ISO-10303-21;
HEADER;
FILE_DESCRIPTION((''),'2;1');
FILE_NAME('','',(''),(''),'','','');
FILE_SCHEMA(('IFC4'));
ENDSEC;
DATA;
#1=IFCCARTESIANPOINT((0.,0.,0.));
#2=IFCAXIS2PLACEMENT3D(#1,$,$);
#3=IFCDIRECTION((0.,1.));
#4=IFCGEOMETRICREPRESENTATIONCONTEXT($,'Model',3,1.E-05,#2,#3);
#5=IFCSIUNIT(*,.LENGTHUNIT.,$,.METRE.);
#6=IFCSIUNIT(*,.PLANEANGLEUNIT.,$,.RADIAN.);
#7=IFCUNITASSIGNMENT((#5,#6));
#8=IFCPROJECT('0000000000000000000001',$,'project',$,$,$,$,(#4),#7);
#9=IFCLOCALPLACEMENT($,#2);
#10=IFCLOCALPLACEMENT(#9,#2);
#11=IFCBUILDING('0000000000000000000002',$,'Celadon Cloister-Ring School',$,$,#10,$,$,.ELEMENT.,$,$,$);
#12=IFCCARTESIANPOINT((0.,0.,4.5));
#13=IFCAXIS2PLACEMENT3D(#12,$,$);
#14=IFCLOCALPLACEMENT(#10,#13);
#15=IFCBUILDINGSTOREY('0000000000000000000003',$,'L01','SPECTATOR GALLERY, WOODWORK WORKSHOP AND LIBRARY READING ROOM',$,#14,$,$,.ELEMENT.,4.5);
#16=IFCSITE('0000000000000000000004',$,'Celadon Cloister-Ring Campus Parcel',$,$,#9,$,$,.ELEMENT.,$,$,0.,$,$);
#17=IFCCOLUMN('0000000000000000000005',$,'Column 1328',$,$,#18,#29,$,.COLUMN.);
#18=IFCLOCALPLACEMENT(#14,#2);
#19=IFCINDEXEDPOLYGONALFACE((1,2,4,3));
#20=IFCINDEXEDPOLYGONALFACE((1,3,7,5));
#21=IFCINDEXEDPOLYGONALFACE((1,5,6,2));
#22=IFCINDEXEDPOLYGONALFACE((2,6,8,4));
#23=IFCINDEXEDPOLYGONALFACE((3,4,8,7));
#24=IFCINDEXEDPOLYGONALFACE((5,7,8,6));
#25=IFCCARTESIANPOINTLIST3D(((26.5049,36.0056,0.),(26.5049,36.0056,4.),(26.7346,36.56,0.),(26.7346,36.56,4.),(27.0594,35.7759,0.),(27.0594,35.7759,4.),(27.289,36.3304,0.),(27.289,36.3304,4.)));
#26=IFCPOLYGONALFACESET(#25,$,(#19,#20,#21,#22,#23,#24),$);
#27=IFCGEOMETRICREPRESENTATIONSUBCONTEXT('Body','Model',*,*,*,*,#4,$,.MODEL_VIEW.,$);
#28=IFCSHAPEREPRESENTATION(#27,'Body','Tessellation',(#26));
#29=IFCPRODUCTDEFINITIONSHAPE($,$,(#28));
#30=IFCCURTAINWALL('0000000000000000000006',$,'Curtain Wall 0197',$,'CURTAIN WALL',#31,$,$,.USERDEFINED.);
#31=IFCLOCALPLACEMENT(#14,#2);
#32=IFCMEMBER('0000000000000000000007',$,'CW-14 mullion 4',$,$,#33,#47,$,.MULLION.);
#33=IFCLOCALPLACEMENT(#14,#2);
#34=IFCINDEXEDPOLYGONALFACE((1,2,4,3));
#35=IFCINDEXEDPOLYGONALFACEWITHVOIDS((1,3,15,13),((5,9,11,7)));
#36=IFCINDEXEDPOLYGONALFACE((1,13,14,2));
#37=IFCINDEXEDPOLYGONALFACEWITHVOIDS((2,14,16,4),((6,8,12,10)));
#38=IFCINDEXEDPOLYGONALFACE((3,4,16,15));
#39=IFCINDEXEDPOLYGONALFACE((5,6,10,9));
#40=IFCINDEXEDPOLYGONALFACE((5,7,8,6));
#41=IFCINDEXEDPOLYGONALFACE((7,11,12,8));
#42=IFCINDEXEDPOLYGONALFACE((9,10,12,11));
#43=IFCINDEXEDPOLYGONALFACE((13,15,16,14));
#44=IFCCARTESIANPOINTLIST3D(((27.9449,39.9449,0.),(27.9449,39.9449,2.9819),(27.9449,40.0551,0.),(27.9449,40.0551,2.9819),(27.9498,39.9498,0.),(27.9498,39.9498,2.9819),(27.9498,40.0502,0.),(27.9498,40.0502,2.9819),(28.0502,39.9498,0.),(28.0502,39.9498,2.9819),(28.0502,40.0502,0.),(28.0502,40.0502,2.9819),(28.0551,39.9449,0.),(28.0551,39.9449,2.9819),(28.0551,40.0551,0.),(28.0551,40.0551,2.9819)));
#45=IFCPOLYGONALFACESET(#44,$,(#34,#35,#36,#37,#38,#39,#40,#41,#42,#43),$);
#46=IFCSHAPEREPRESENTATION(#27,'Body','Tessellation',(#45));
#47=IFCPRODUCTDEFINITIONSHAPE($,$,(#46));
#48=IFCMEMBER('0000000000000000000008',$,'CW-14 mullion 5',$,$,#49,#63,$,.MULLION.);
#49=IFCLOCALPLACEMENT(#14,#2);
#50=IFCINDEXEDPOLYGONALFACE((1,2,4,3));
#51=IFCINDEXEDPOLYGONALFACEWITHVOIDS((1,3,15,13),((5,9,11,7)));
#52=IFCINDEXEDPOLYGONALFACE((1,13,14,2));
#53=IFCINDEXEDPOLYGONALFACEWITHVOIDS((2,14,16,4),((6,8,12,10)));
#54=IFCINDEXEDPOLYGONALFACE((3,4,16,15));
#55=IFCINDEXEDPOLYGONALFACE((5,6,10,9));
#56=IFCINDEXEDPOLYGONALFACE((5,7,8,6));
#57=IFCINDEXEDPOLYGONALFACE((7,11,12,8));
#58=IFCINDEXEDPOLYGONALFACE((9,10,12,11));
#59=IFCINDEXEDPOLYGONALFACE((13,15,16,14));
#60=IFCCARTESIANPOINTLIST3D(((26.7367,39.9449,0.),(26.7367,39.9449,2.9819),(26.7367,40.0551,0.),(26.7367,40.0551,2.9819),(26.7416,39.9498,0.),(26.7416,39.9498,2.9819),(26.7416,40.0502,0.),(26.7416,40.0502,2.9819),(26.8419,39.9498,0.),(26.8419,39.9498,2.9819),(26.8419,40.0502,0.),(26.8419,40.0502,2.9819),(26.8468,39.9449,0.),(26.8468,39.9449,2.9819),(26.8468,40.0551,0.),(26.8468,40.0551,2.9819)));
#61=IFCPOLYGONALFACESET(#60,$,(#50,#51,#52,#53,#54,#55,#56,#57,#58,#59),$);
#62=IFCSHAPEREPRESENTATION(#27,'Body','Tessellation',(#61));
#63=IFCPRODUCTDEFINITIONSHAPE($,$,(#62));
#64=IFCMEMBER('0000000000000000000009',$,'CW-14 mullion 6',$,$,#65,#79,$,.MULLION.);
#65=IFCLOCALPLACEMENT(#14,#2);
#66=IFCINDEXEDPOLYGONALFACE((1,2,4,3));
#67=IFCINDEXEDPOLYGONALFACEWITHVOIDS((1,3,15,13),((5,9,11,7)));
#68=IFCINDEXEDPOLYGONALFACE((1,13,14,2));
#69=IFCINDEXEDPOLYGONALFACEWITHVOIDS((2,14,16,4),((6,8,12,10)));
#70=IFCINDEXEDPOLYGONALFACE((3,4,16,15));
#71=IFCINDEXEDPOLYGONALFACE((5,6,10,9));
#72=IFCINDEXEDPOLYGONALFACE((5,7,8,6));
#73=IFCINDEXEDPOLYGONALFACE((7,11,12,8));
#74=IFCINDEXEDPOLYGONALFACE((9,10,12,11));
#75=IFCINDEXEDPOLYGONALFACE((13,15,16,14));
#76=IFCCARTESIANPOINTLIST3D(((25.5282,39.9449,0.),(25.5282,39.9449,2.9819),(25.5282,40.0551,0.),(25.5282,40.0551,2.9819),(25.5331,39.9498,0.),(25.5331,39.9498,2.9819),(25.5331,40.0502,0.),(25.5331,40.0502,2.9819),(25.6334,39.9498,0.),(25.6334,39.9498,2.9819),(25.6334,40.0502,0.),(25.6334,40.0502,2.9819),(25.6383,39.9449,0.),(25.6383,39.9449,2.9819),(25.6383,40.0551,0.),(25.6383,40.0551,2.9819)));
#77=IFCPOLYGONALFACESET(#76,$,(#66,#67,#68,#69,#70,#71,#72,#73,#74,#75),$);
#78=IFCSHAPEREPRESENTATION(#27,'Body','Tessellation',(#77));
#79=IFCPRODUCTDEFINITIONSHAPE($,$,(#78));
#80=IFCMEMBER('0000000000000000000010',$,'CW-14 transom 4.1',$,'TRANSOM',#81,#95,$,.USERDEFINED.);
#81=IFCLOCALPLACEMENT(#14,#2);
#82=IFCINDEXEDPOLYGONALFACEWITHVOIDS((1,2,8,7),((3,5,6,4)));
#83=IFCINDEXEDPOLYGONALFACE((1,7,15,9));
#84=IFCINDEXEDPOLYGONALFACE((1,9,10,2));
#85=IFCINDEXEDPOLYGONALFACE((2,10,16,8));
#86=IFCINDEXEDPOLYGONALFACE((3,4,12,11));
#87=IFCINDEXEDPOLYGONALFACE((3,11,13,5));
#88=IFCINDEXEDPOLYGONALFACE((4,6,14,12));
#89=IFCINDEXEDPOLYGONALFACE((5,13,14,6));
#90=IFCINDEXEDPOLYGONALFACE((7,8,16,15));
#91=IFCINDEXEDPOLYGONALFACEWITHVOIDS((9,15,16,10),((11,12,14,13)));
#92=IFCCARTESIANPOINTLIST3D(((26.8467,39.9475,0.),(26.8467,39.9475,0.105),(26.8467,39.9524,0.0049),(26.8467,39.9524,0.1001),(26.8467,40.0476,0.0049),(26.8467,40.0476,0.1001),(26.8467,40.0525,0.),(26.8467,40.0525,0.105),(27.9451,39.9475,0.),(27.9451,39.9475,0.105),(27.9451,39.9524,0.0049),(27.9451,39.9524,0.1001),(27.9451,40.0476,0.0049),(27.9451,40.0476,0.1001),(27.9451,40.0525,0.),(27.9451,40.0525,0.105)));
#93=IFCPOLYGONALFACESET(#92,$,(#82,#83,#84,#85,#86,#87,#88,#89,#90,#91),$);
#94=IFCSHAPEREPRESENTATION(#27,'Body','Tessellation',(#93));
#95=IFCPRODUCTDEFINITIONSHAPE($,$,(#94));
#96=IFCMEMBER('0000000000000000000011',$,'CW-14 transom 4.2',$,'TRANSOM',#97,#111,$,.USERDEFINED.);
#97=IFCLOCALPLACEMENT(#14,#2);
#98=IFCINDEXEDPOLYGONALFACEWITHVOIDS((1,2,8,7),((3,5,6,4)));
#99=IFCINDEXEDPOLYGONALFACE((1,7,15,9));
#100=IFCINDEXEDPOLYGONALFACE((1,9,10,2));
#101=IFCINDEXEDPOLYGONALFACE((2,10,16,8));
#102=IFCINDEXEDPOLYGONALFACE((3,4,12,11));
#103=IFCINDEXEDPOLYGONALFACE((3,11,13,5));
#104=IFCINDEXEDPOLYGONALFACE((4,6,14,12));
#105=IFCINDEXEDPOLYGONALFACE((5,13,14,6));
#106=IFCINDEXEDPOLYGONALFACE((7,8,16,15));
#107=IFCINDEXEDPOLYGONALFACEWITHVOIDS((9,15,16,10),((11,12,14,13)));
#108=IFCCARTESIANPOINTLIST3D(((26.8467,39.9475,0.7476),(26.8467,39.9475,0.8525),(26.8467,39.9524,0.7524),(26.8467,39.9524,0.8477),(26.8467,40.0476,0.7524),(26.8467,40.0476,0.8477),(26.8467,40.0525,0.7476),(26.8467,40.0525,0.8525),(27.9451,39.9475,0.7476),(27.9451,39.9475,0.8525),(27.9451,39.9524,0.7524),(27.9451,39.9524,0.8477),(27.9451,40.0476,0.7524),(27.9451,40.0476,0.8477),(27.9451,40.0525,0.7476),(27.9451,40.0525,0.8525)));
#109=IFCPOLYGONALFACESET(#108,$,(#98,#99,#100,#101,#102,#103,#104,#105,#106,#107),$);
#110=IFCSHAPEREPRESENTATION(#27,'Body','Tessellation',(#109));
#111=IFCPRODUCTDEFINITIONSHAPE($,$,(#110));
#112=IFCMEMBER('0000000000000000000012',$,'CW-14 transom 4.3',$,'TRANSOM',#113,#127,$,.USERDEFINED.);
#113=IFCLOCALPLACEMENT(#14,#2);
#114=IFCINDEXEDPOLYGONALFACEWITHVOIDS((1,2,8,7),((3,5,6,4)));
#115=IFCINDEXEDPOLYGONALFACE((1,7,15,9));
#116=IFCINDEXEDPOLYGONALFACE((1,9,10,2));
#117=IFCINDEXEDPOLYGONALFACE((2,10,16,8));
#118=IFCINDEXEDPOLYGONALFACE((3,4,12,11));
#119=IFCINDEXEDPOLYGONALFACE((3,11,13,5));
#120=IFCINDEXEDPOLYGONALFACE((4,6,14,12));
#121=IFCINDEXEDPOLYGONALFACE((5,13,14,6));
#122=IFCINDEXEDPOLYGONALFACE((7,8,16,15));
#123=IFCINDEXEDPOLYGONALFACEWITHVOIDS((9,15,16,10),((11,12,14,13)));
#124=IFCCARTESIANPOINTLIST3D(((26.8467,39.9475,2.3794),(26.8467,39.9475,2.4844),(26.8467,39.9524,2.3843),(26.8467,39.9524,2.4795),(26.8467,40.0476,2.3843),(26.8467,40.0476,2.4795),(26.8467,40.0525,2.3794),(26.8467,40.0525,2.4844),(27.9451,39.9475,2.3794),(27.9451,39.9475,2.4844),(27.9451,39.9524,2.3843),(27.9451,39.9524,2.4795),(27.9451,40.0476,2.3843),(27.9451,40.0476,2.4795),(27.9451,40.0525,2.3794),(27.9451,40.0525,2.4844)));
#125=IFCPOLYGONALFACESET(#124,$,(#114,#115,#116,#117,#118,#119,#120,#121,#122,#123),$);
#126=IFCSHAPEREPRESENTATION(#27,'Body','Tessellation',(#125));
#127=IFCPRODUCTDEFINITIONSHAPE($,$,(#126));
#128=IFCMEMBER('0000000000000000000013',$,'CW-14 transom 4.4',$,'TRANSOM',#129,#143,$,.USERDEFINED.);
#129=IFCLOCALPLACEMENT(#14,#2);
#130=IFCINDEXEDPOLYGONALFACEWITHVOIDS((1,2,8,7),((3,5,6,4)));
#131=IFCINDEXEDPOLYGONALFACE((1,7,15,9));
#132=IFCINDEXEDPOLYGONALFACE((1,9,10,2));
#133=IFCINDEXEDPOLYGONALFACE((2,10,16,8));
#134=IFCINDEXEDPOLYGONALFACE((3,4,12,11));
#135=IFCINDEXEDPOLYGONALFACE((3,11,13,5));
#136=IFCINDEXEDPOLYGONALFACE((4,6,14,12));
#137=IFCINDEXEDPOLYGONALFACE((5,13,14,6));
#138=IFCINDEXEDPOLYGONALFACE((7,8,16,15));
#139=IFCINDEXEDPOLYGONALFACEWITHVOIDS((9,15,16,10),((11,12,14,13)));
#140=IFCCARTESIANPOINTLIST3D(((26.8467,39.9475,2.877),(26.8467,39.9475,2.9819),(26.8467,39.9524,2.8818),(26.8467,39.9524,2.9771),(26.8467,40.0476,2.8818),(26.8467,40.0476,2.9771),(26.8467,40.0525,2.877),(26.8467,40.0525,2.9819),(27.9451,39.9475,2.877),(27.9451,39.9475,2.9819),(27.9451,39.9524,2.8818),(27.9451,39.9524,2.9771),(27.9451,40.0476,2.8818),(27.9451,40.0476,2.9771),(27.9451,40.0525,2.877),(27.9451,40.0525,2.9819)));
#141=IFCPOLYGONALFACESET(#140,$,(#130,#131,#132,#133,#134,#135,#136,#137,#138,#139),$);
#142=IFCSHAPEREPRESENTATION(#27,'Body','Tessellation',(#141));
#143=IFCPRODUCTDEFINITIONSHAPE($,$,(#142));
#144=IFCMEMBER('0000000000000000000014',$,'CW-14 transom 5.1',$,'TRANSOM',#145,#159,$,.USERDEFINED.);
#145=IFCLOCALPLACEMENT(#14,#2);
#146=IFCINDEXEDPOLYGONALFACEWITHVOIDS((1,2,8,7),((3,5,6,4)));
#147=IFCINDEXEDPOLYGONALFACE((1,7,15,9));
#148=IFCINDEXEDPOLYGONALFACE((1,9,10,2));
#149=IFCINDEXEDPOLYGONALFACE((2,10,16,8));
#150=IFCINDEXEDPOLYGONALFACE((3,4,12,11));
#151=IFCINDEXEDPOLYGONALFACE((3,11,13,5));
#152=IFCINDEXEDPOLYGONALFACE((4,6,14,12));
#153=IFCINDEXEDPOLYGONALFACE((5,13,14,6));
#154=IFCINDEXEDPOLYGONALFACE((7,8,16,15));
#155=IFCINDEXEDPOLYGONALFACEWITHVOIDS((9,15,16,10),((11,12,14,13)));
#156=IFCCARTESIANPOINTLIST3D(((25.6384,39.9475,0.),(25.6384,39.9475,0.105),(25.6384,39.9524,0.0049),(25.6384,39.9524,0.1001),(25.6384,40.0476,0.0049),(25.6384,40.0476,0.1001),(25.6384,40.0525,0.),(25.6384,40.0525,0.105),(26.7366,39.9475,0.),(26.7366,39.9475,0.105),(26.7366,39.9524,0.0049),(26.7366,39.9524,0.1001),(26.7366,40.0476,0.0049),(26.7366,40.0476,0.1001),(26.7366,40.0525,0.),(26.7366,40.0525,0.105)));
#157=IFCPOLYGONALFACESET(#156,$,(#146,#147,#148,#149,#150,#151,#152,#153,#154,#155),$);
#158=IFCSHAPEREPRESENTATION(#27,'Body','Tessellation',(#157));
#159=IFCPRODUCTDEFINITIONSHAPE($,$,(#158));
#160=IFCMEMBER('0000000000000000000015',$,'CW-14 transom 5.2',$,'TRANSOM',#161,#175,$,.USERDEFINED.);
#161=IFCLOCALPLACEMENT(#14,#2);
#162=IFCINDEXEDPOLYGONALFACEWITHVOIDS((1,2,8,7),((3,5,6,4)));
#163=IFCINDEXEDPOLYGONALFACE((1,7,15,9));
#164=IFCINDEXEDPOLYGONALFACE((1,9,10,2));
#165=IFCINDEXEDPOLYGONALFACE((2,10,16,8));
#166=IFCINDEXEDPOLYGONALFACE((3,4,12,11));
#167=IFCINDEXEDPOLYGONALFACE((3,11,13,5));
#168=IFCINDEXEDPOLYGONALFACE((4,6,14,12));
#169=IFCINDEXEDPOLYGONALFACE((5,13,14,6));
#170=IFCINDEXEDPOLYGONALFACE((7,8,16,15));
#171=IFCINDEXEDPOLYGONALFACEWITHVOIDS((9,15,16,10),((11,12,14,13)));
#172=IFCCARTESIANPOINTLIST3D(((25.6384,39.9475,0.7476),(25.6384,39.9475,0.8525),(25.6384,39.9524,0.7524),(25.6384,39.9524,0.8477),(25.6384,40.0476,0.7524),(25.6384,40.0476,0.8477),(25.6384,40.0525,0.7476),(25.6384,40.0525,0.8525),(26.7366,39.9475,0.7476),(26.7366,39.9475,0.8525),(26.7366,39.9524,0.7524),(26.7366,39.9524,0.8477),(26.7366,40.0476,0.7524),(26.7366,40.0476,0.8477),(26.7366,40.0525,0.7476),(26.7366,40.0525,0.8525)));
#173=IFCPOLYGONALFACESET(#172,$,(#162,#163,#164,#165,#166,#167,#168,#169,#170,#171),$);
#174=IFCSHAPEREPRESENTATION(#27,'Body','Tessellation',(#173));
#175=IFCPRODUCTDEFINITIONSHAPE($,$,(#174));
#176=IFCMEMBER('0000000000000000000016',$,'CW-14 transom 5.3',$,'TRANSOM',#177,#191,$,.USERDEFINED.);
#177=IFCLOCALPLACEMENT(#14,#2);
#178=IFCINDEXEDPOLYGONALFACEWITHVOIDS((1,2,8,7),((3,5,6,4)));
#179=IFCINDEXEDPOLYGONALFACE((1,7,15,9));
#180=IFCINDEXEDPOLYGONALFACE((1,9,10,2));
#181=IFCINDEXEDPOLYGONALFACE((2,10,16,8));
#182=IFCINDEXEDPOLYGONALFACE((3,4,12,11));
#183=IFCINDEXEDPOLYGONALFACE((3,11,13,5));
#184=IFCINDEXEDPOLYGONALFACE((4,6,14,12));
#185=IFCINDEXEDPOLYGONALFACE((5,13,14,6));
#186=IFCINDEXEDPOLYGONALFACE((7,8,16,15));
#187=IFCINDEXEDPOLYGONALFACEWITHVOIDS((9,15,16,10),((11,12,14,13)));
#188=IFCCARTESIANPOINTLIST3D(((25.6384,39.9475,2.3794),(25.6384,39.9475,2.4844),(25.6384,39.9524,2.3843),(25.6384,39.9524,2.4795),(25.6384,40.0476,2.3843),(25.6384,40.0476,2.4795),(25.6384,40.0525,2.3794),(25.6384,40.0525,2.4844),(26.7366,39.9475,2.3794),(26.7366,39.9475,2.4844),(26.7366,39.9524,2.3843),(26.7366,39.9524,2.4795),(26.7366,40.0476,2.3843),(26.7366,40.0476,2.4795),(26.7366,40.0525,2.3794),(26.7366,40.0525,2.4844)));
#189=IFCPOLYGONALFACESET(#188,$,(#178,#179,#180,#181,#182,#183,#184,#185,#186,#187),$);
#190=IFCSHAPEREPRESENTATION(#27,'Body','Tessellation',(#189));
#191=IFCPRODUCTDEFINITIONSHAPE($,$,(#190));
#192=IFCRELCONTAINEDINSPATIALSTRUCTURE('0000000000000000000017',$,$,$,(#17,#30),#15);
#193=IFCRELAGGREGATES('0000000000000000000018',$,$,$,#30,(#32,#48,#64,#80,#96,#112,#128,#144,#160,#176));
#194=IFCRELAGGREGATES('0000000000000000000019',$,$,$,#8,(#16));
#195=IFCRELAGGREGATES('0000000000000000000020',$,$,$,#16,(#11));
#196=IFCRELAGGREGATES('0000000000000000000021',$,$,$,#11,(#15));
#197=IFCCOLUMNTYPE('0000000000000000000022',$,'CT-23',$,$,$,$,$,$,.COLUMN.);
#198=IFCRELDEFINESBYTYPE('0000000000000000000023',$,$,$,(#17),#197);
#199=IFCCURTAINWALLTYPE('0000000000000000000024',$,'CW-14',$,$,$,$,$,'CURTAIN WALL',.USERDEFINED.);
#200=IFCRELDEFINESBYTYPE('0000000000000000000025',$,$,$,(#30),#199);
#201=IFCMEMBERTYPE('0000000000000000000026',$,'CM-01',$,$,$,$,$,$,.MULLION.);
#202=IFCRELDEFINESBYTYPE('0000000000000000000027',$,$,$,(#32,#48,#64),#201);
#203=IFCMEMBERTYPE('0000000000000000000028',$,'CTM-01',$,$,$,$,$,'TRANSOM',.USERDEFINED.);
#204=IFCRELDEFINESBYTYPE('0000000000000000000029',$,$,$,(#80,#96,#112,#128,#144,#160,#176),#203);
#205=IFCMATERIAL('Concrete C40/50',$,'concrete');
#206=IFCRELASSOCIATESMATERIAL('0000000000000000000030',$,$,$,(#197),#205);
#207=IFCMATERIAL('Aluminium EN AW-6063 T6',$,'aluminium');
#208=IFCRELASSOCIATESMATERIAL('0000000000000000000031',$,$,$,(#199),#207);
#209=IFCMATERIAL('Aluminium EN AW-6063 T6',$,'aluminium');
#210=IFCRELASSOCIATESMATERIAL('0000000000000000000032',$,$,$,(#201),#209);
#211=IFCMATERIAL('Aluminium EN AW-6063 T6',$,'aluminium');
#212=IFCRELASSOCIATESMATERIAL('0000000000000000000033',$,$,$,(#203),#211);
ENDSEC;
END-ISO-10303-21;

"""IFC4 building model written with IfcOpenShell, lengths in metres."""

from ifc_helpers import new_model, si_unit, direction, frame, origin, origin_2d, place, context, subcontext, project, spatial, rectangle, hollow_rectangle, extrude, material, material_profile, profile_set, type_object, element, aggregate, save


model = new_model("IFC4")

# Units and contexts
model_context = context("Model", 3, precision=1e-05, world=origin(), true_north=direction((0.0, 1.0)))
body_context = subcontext(model_context, "Body", "Model", "MODEL_VIEW")
ifc_project = project(units=[si_unit("LENGTHUNIT", "METRE"), si_unit("PLANEANGLEUNIT", "RADIAN")], contexts=[model_context])

# Site, building, storey
site_placement = place(None, origin())
site = spatial("IfcSite", under=ifc_project, at=site_placement, Name="Celadon Cloister-Ring Campus Parcel", CompositionType="ELEMENT", RefElevation=0.0)
building_placement = place(site_placement, origin())
building = spatial("IfcBuilding", under=site, at=building_placement, Name="Celadon Cloister-Ring School", CompositionType="ELEMENT")
storey_placement = place(building_placement, frame((0.0, 0.0, 4.5)))
storey = spatial("IfcBuildingStorey", under=building, at=storey_placement, Name="L01", Description="SPECTATOR GALLERY, WOODWORK WORKSHOP AND LIBRARY READING ROOM", CompositionType="ELEMENT", Elevation=4.5)

# Column
ifc_material_1 = material(Name="Concrete C40/50", Category="concrete")
ifc_material_profile_1 = material_profile(ifc_material_1, rectangle(XDim=0.6001, YDim=0.6001, at=origin_2d()), Name="RC600X600")
ifc_profile_set_1 = profile_set([ifc_material_profile_1], Name="Concrete C40/50")
column_type = type_object("IfcColumnType", Name="CT-23", PredefinedType="COLUMN", material=ifc_profile_set_1)
column_placement = place(storey_placement, frame((26.897, 36.168, 0.0), z_axis=(0.0, 0.0, 1.0), x_axis=(0.382683, 0.92388, 0.0)))
element("IfcColumn", 1, at=column_placement, inside=storey, type_object=column_type, Name="Column 1328", PredefinedType="COLUMN", context=body_context, shape_type="SweptSolid", body=[
    extrude(rectangle(XDim=0.6001, YDim=0.6001, at=origin_2d()), origin(), (0.0, 0.0, 1.0), 4.0),
])

# Curtain wall, members
ifc_material_2 = material(Name="Aluminium EN AW-6063 T6", Category="aluminium")
curtain_wall_type = type_object("IfcCurtainWallType", Name="CW-14", ElementType="CURTAIN WALL", PredefinedType="USERDEFINED", material=ifc_material_2)
curtain_wall_placement = place(storey_placement, origin())
curtain_wall = element("IfcCurtainWall", 2, at=curtain_wall_placement, inside=storey, type_object=curtain_wall_type, Name="Curtain Wall 0197", ObjectType="CURTAIN WALL", PredefinedType="USERDEFINED")
ifc_material_3 = material(Name="Aluminium EN AW-6063 T6", Category="aluminium")
ifc_material_profile_2 = material_profile(ifc_material_3, hollow_rectangle(XDim=0.1101, YDim=0.1101, WallThickness=0.0049, at=origin_2d()), Name="RHS110X110X5")
ifc_profile_set_2 = profile_set([ifc_material_profile_2], Name="Aluminium EN AW-6063 T6")
member_type_1 = type_object("IfcMemberType", Name="CM-01", PredefinedType="MULLION", material=ifc_profile_set_2)
member_1_placement = place(storey_placement, frame((28.0, 40.0, 0.0), z_axis=(0.0, 0.0, 1.0), x_axis=(0.0, -1.0, 0.0)))
member_1 = element("IfcMember", 3, at=member_1_placement, type_object=member_type_1, Name="CW-14 mullion 4", PredefinedType="MULLION", context=body_context, shape_type="SweptSolid", body=[
    extrude(hollow_rectangle(XDim=0.1101, YDim=0.1101, WallThickness=0.0049, at=origin_2d()), origin(), (0.0, 0.0, 1.0), 2.9819),
])
member_2_placement = place(storey_placement, frame((26.7917, 40.0, 0.0), z_axis=(0.0, 0.0, 1.0), x_axis=(0.0, -1.0, 0.0)))
member_2 = element("IfcMember", 4, at=member_2_placement, type_object=member_type_1, Name="CW-14 mullion 5", PredefinedType="MULLION", context=body_context, shape_type="SweptSolid", body=[
    extrude(hollow_rectangle(XDim=0.1101, YDim=0.1101, WallThickness=0.0049, at=origin_2d()), origin(), (0.0, 0.0, 1.0), 2.9819),
])
member_3_placement = place(storey_placement, frame((25.5833, 40.0, 0.0), z_axis=(0.0, 0.0, 1.0), x_axis=(0.0, -1.0, 0.0)))
member_3 = element("IfcMember", 5, at=member_3_placement, type_object=member_type_1, Name="CW-14 mullion 6", PredefinedType="MULLION", context=body_context, shape_type="SweptSolid", body=[
    extrude(hollow_rectangle(XDim=0.1101, YDim=0.1101, WallThickness=0.0049, at=origin_2d()), origin(), (0.0, 0.0, 1.0), 2.9819),
])
ifc_material_4 = material(Name="Aluminium EN AW-6063 T6", Category="aluminium")
ifc_material_profile_3 = material_profile(ifc_material_4, hollow_rectangle(XDim=0.105, YDim=0.105, WallThickness=0.0049, at=origin_2d()), Name="RHS105X105X5")
ifc_profile_set_3 = profile_set([ifc_material_profile_3], Name="Aluminium EN AW-6063 T6")
member_type_2 = type_object("IfcMemberType", Name="CTM-01", ElementType="TRANSOM", PredefinedType="USERDEFINED", material=ifc_profile_set_3)
member_4_placement = place(storey_placement, frame((27.9451, 40.0, 0.0525), z_axis=(-1.0, 0.0, 0.0), x_axis=(0.0, -1.0, 0.0)))
member_4 = element("IfcMember", 6, at=member_4_placement, type_object=member_type_2, Name="CW-14 transom 4.1", ObjectType="TRANSOM", PredefinedType="USERDEFINED", context=body_context, shape_type="SweptSolid", body=[
    extrude(hollow_rectangle(XDim=0.105, YDim=0.105, WallThickness=0.0049, at=origin_2d()), origin(), (0.0, 0.0, 1.0), 1.0984),
])
member_5_placement = place(storey_placement, frame((27.9451, 40.0, 0.8), z_axis=(-1.0, 0.0, 0.0), x_axis=(0.0, -1.0, 0.0)))
member_5 = element("IfcMember", 7, at=member_5_placement, type_object=member_type_2, Name="CW-14 transom 4.2", ObjectType="TRANSOM", PredefinedType="USERDEFINED", context=body_context, shape_type="SweptSolid", body=[
    extrude(hollow_rectangle(XDim=0.105, YDim=0.105, WallThickness=0.0049, at=origin_2d()), origin(), (0.0, 0.0, 1.0), 1.0984),
])
member_6_placement = place(storey_placement, frame((27.9451, 40.0, 2.4319), z_axis=(-1.0, 0.0, 0.0), x_axis=(0.0, -1.0, 0.0)))
member_6 = element("IfcMember", 8, at=member_6_placement, type_object=member_type_2, Name="CW-14 transom 4.3", ObjectType="TRANSOM", PredefinedType="USERDEFINED", context=body_context, shape_type="SweptSolid", body=[
    extrude(hollow_rectangle(XDim=0.105, YDim=0.105, WallThickness=0.0049, at=origin_2d()), origin(), (0.0, 0.0, 1.0), 1.0984),
])
member_7_placement = place(storey_placement, frame((27.9451, 40.0, 2.9294), z_axis=(-1.0, 0.0, 0.0), x_axis=(0.0, -1.0, 0.0)))
member_7 = element("IfcMember", 9, at=member_7_placement, type_object=member_type_2, Name="CW-14 transom 4.4", ObjectType="TRANSOM", PredefinedType="USERDEFINED", context=body_context, shape_type="SweptSolid", body=[
    extrude(hollow_rectangle(XDim=0.105, YDim=0.105, WallThickness=0.0049, at=origin_2d()), origin(), (0.0, 0.0, 1.0), 1.0984),
])
member_8_placement = place(storey_placement, frame((26.7366, 40.0, 0.0525), z_axis=(-1.0, 0.0, 0.0), x_axis=(0.0, -1.0, 0.0)))
member_8 = element("IfcMember", 10, at=member_8_placement, type_object=member_type_2, Name="CW-14 transom 5.1", ObjectType="TRANSOM", PredefinedType="USERDEFINED", context=body_context, shape_type="SweptSolid", body=[
    extrude(hollow_rectangle(XDim=0.105, YDim=0.105, WallThickness=0.0049, at=origin_2d()), origin(), (0.0, 0.0, 1.0), 1.0981),
])
member_9_placement = place(storey_placement, frame((26.7366, 40.0, 0.8), z_axis=(-1.0, 0.0, 0.0), x_axis=(0.0, -1.0, 0.0)))
member_9 = element("IfcMember", 11, at=member_9_placement, type_object=member_type_2, Name="CW-14 transom 5.2", ObjectType="TRANSOM", PredefinedType="USERDEFINED", context=body_context, shape_type="SweptSolid", body=[
    extrude(hollow_rectangle(XDim=0.105, YDim=0.105, WallThickness=0.0049, at=origin_2d()), origin(), (0.0, 0.0, 1.0), 1.0981),
])
member_10_placement = place(storey_placement, frame((26.7366, 40.0, 2.4319), z_axis=(-1.0, 0.0, 0.0), x_axis=(0.0, -1.0, 0.0)))
member_10 = element("IfcMember", 12, at=member_10_placement, type_object=member_type_2, Name="CW-14 transom 5.3", ObjectType="TRANSOM", PredefinedType="USERDEFINED", context=body_context, shape_type="SweptSolid", body=[
    extrude(hollow_rectangle(XDim=0.105, YDim=0.105, WallThickness=0.0049, at=origin_2d()), origin(), (0.0, 0.0, 1.0), 1.0981),
])

aggregate(curtain_wall, [member_1, member_2, member_3, member_4, member_5, member_6, member_7, member_8, member_9, member_10])

save(model, "model.ifc")
